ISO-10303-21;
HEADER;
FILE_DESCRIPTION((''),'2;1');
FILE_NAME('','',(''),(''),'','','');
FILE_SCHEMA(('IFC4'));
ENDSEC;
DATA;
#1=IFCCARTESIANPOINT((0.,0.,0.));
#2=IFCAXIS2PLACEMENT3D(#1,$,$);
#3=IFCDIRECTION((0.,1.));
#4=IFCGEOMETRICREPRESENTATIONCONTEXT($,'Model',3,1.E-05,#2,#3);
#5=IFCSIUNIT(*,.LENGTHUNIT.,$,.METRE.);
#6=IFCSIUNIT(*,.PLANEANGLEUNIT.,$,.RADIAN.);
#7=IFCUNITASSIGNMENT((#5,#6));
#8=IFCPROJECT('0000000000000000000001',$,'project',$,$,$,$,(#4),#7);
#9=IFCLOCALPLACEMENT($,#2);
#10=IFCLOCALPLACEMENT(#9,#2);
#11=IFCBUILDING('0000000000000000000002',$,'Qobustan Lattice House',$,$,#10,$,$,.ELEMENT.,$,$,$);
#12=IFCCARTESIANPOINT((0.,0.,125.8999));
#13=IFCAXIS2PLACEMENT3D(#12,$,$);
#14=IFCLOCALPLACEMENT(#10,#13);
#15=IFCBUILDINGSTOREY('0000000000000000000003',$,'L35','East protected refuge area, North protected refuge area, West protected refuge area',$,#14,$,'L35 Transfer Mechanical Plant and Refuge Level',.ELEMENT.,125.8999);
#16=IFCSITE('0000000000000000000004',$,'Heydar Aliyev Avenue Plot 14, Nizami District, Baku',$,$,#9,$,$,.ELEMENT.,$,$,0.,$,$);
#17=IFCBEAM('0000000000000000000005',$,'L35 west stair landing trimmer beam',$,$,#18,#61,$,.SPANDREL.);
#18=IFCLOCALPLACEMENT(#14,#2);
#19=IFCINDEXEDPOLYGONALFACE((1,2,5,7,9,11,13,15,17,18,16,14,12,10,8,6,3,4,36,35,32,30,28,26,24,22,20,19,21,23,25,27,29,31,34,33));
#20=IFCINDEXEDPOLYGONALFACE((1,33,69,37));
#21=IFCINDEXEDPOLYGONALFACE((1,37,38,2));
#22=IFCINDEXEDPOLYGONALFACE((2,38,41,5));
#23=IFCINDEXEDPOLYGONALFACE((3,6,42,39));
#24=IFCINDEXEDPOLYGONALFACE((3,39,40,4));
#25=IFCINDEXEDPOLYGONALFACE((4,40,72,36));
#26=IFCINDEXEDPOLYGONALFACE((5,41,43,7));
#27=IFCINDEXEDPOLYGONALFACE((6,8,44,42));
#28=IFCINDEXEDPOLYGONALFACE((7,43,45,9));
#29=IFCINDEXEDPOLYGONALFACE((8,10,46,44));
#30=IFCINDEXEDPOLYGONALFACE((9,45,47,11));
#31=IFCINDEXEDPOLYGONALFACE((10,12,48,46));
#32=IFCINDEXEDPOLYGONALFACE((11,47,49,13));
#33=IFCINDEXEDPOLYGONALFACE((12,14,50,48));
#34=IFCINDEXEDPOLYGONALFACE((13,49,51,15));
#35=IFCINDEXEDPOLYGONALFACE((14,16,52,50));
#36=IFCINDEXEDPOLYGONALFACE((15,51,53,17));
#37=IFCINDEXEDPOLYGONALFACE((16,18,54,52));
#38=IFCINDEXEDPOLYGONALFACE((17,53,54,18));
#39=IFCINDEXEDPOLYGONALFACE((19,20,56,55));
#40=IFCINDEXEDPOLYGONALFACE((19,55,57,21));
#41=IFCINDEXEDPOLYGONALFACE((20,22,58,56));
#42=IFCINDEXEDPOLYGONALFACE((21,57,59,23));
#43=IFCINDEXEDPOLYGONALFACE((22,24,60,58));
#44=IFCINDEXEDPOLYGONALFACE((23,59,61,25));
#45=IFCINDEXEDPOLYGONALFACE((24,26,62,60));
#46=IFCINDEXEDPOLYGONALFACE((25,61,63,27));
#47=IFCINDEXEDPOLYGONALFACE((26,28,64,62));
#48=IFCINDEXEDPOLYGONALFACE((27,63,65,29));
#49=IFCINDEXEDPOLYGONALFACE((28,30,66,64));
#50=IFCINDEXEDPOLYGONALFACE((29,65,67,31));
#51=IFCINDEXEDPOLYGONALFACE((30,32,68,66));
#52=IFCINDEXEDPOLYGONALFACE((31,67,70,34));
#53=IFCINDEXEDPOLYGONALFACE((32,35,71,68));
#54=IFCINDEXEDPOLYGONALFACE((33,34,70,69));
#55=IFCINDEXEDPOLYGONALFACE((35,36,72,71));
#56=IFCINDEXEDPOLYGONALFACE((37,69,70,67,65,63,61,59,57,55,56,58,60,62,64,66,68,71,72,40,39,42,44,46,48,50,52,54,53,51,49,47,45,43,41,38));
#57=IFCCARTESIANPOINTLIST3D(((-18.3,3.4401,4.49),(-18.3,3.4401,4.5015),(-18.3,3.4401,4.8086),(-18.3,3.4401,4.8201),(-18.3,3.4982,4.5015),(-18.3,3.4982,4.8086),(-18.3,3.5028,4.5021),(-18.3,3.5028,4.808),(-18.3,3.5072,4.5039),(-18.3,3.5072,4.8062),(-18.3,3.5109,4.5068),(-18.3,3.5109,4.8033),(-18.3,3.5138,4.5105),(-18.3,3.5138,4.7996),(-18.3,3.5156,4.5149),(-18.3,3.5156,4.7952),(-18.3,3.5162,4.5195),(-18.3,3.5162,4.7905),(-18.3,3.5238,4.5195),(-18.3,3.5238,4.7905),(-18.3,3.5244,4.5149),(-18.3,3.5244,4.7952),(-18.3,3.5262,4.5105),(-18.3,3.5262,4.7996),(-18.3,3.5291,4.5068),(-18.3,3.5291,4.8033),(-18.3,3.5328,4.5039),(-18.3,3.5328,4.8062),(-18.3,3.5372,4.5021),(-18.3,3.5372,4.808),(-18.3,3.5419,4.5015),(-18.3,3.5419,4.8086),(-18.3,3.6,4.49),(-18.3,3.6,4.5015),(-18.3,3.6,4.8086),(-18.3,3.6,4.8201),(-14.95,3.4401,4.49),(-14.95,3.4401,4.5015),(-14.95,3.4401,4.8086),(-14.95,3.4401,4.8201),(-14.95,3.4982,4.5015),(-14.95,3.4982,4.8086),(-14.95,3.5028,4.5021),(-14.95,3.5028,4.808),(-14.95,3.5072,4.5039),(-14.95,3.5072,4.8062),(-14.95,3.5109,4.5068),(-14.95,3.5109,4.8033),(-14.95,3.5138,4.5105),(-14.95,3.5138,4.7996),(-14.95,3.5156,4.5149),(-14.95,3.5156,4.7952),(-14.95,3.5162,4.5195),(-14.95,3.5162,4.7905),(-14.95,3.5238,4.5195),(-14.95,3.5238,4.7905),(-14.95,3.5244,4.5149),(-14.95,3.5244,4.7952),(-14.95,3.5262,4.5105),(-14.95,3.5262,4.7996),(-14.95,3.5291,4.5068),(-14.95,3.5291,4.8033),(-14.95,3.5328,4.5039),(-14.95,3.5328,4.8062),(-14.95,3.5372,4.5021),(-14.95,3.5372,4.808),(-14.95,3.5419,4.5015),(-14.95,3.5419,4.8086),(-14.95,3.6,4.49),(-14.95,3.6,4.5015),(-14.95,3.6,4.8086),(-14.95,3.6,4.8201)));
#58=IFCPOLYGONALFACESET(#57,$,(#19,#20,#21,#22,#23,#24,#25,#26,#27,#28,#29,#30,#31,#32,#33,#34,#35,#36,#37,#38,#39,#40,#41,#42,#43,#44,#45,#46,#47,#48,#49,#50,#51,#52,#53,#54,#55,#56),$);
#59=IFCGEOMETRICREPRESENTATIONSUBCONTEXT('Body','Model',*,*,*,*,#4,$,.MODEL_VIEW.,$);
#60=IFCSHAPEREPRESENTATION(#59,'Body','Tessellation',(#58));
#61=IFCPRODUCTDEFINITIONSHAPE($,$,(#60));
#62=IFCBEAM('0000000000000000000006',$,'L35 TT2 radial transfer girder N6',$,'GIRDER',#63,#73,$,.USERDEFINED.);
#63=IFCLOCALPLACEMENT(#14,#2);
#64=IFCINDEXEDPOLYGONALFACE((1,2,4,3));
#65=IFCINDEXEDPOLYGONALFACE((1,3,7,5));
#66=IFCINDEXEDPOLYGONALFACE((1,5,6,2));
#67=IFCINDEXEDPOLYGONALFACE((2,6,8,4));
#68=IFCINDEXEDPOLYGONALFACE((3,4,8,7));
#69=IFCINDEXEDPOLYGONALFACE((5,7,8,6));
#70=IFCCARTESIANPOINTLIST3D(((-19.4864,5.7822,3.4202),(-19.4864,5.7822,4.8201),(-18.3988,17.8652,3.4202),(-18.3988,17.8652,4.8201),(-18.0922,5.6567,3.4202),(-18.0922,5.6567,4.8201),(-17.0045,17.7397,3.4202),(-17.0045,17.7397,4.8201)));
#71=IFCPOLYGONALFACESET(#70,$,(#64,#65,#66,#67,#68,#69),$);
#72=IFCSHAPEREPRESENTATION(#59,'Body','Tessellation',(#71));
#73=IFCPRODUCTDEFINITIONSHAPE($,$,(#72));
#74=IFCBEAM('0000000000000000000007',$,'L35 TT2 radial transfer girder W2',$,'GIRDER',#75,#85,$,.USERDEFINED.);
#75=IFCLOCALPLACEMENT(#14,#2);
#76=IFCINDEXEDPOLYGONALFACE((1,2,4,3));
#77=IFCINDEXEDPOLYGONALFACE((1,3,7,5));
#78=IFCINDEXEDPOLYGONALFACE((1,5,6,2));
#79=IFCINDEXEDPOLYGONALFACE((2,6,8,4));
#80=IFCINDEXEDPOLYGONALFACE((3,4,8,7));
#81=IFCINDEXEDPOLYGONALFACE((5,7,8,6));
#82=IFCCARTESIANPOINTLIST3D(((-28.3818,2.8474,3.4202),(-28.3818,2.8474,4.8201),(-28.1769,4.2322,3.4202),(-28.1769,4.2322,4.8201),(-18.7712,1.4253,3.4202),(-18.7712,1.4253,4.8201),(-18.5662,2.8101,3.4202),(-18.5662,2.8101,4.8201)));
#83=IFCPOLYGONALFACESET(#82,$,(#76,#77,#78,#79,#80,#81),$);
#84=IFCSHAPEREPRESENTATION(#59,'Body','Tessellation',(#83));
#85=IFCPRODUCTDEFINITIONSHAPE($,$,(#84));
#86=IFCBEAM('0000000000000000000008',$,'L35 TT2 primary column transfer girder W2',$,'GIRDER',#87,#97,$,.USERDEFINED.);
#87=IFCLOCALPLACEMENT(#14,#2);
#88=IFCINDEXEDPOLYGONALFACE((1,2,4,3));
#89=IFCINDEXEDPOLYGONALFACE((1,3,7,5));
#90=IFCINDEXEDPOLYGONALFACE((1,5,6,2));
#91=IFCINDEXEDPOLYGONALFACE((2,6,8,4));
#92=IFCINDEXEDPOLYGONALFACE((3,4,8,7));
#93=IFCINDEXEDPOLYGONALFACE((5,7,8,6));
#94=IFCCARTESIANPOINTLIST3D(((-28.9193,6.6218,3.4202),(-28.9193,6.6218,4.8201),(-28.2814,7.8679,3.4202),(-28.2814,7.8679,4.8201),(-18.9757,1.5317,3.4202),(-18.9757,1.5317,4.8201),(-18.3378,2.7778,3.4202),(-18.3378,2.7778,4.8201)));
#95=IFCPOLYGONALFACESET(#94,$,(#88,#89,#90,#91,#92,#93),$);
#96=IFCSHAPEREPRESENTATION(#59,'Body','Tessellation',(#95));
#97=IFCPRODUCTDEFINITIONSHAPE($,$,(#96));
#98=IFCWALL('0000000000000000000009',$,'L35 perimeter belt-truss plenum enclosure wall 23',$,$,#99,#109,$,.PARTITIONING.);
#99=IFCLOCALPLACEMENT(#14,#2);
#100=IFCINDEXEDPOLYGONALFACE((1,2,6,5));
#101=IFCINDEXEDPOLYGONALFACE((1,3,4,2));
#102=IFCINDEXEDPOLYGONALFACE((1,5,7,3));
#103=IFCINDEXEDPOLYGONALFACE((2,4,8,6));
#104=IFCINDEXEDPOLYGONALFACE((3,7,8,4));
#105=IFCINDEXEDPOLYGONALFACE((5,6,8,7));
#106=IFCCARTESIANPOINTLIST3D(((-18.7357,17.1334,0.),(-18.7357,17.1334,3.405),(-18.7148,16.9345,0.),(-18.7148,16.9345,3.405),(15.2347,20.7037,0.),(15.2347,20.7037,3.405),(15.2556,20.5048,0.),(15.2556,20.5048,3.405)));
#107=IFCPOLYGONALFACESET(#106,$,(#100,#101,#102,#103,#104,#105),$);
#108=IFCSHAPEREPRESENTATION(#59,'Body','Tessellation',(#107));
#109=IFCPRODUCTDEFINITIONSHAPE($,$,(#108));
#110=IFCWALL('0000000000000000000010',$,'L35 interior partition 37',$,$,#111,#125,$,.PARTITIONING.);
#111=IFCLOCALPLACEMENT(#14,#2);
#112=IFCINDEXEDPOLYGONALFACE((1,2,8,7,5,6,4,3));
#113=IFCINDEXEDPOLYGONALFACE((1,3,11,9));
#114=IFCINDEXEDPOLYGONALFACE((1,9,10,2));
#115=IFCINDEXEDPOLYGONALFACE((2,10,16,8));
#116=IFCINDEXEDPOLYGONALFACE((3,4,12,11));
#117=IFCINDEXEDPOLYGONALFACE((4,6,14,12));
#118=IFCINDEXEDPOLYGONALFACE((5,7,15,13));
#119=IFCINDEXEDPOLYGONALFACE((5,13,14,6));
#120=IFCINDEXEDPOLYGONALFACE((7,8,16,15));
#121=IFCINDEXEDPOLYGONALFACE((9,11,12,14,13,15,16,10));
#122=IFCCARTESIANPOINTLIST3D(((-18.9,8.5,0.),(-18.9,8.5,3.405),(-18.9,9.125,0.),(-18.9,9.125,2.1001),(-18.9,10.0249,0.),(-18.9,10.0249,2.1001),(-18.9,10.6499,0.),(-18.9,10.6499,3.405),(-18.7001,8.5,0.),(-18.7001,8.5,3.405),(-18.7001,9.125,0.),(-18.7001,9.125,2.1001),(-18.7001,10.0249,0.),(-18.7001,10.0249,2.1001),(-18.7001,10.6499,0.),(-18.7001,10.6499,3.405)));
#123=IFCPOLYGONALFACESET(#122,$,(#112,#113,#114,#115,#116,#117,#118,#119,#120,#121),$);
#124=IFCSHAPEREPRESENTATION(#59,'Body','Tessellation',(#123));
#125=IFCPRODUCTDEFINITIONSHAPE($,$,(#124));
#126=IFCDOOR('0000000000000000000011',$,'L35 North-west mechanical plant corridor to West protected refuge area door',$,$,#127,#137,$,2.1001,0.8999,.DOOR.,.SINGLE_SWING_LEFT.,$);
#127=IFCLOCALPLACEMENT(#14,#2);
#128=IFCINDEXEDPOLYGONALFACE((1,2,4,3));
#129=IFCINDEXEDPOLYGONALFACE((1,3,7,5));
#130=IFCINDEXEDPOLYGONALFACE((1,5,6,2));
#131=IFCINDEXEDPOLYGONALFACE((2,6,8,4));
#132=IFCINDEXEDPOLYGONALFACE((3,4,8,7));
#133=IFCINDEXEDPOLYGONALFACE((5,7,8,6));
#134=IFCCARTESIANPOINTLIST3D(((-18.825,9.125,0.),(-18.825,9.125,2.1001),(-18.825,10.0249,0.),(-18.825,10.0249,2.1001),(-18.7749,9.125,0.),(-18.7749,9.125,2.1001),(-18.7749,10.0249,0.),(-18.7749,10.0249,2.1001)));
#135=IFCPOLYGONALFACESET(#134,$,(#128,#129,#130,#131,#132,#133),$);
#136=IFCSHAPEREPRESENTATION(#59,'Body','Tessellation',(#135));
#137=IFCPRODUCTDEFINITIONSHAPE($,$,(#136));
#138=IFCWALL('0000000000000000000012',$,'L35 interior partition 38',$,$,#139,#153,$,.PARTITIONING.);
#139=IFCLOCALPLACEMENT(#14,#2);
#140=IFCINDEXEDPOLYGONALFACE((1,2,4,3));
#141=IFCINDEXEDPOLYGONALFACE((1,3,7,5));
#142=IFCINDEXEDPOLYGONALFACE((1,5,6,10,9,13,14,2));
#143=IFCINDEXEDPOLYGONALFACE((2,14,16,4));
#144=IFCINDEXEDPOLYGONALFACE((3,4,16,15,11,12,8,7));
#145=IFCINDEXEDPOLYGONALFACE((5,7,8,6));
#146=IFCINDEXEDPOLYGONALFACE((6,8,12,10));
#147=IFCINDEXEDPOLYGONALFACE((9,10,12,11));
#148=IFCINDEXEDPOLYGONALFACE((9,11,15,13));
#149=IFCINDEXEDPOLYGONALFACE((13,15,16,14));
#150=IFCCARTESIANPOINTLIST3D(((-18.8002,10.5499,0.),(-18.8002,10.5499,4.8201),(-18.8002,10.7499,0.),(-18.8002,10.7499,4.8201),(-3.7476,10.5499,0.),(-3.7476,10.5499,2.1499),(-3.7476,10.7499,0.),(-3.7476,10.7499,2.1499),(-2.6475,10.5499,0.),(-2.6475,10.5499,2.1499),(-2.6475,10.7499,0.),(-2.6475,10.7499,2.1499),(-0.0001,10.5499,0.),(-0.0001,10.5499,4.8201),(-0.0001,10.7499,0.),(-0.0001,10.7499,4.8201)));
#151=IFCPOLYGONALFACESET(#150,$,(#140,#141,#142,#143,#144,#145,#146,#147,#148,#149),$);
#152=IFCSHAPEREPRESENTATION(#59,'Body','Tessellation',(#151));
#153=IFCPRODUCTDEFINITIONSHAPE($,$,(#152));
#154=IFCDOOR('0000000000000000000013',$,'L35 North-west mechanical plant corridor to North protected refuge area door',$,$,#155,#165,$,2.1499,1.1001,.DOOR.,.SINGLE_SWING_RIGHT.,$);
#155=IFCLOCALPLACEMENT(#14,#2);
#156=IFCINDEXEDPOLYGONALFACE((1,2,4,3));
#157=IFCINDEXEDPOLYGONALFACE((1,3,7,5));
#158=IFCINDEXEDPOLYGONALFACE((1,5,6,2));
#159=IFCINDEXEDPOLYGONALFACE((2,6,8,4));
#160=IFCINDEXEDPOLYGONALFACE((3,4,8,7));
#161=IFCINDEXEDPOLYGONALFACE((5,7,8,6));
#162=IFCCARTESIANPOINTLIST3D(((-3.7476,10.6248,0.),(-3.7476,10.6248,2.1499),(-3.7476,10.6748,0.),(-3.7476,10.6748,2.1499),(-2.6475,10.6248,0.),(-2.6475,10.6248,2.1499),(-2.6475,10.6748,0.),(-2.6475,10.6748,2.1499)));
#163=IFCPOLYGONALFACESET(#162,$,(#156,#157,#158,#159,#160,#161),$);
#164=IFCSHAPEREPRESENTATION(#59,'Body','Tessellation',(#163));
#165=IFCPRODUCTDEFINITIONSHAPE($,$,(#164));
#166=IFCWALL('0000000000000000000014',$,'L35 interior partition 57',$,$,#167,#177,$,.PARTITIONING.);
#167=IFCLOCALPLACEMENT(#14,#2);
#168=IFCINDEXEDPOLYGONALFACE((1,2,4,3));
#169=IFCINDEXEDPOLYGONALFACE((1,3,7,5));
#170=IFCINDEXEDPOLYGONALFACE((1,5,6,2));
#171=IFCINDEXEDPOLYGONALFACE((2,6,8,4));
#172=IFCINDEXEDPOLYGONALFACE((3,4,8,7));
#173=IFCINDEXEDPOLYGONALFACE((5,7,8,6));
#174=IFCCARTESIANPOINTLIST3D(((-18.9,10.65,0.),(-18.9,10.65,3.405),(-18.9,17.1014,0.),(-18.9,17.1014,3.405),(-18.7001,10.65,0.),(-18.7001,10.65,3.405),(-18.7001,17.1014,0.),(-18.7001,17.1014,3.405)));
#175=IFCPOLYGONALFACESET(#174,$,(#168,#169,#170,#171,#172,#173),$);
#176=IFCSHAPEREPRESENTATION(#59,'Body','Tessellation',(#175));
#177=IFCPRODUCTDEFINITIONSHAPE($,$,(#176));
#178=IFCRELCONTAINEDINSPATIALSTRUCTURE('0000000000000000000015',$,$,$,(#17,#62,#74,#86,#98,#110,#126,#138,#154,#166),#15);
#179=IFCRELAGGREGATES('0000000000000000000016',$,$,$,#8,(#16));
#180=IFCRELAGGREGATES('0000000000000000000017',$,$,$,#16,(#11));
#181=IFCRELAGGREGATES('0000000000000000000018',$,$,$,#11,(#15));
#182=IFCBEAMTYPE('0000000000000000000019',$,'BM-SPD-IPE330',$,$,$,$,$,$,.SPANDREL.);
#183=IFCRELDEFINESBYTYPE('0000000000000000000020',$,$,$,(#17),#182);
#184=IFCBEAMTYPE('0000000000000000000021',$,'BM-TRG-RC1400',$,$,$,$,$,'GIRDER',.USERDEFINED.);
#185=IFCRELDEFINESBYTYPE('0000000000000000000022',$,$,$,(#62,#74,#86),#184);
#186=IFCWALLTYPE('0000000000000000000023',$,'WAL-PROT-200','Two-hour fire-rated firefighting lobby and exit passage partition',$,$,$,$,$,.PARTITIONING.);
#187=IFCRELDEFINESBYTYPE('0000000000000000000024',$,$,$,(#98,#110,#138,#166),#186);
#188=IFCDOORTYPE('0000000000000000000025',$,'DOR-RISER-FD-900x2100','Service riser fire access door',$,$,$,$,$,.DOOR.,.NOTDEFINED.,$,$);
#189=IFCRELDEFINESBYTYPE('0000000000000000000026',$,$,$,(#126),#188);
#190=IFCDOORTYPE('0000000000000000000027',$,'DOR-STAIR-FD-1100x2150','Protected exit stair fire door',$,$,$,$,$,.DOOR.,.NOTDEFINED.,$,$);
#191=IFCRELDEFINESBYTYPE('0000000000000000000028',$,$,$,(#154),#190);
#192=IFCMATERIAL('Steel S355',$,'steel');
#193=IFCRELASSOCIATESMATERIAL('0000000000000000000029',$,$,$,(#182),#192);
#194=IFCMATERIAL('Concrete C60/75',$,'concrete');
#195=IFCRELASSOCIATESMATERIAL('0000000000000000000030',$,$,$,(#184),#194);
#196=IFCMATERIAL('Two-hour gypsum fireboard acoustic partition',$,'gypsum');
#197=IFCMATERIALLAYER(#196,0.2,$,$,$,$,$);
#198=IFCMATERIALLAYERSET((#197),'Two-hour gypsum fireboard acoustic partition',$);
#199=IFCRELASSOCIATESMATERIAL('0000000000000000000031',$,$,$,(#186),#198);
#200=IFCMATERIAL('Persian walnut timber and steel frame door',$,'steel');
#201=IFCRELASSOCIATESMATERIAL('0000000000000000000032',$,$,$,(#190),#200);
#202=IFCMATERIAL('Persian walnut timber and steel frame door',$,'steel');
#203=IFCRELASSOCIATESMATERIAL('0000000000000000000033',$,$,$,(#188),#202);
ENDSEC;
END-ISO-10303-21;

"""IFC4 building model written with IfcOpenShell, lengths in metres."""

from ifc_helpers import new_model, si_unit, direction, frame, frame_2d, origin, origin_2d, place, context, subcontext, project, spatial, rectangle, i_section, extrude, material, layer, layer_set, material_profile, profile_set, type_object, element, fill, save


model = new_model("IFC4")

# Units and contexts
model_context = context("Model", 3, precision=1e-05, world=origin(), true_north=direction((0.0, 1.0)))
body_context = subcontext(model_context, "Body", "Model", "MODEL_VIEW")
ifc_project = project(units=[si_unit("LENGTHUNIT", "METRE"), si_unit("PLANEANGLEUNIT", "RADIAN")], contexts=[model_context])

# Site, building, storey
site_placement = place(None, origin())
site = spatial("IfcSite", under=ifc_project, at=site_placement, Name="Heydar Aliyev Avenue Plot 14, Nizami District, Baku", CompositionType="ELEMENT", RefElevation=0.0)
building_placement = place(site_placement, origin())
building = spatial("IfcBuilding", under=site, at=building_placement, Name="Qobustan Lattice House", CompositionType="ELEMENT")
storey_placement = place(building_placement, frame((0.0, 0.0, 125.8999)))
storey = spatial("IfcBuildingStorey", under=building, at=storey_placement, Name="L35", Description="East protected refuge area, North protected refuge area, West protected refuge area", LongName="L35 Transfer Mechanical Plant and Refuge Level", CompositionType="ELEMENT", Elevation=125.8999)

# Beams
ifc_material_1 = material(Name="Steel S355", Category="steel")
ifc_material_profile_1 = material_profile(ifc_material_1, i_section(OverallWidth=0.1599, OverallDepth=0.3301, WebThickness=0.0076, FlangeThickness=0.0115, FilletRadius=0.0181, at=origin_2d()), Name="IPE330")
ifc_profile_set_1 = profile_set([ifc_material_profile_1], Name="Steel S355")
beam_type_1 = type_object("IfcBeamType", Name="BM-SPD-IPE330", PredefinedType="SPANDREL", material=ifc_profile_set_1)
beam_1_placement = place(storey_placement, frame((-18.3, 3.52, 4.655), z_axis=(1.0, 0.0, 0.0), x_axis=(0.0, 1.0, 0.0)))
element("IfcBeam", 1, at=beam_1_placement, inside=storey, type_object=beam_type_1, Name="L35 west stair landing trimmer beam", PredefinedType="SPANDREL", context=body_context, shape_type="SweptSolid", body=[
    extrude(i_section(OverallWidth=0.1599, OverallDepth=0.3301, WebThickness=0.0076, FlangeThickness=0.0115, FilletRadius=0.0181, at=origin_2d()), origin(), (0.0, 0.0, 1.0), 3.3501),
])
ifc_material_2 = material(Name="Concrete C60/75", Category="concrete")
ifc_material_profile_2 = material_profile(ifc_material_2, rectangle(XDim=1.3999, YDim=1.3999, at=origin_2d()), Name="RC1400x1400")
ifc_profile_set_2 = profile_set([ifc_material_profile_2], Name="Concrete C60/75")
beam_type_2 = type_object("IfcBeamType", Name="BM-TRG-RC1400", ElementType="GIRDER", PredefinedType="USERDEFINED", material=ifc_profile_set_2)
beam_2_placement = place(storey_placement, frame((-18.7893, 5.7195, 4.1201), z_axis=(0.089652, 0.995973, 0.0), x_axis=(-0.995973, 0.089652, 0.0)))
element("IfcBeam", 2, at=beam_2_placement, inside=storey, type_object=beam_type_2, Name="L35 TT2 radial transfer girder N6", ObjectType="GIRDER", PredefinedType="USERDEFINED", context=body_context, shape_type="SweptSolid", body=[
    extrude(rectangle(XDim=1.3999, YDim=1.3999, at=origin_2d()), origin(), (0.0, 0.0, 1.0), 12.1318),
])
beam_3_placement = place(storey_placement, frame((-18.6687, 2.1177, 4.1201), z_axis=(-0.989228, 0.14638, 0.0), x_axis=(-0.14638, -0.989228, 0.0)))
element("IfcBeam", 3, at=beam_3_placement, inside=storey, type_object=beam_type_2, Name="L35 TT2 radial transfer girder W2", ObjectType="GIRDER", PredefinedType="USERDEFINED", context=body_context, shape_type="SweptSolid", body=[
    extrude(rectangle(XDim=1.3999, YDim=1.3999, at=origin_2d()), origin(), (0.0, 0.0, 1.0), 9.7153),
])
beam_4_placement = place(storey_placement, frame((-18.6567, 2.1548, 4.1201), z_axis=(-0.890151, 0.455665, 0.0), x_axis=(-0.455665, -0.890151, 0.0)))
element("IfcBeam", 4, at=beam_4_placement, inside=storey, type_object=beam_type_2, Name="L35 TT2 primary column transfer girder W2", ObjectType="GIRDER", PredefinedType="USERDEFINED", context=body_context, shape_type="SweptSolid", body=[
    extrude(rectangle(XDim=1.3999, YDim=1.3999, at=origin_2d()), origin(), (0.0, 0.0, 1.0), 11.1707),
])

# Wall
ifc_material_3 = material(Name="Two-hour gypsum fireboard acoustic partition", Category="gypsum")
ifc_layer = layer(ifc_material_3, 0.2)
ifc_layer_set = layer_set([ifc_layer], Name="Two-hour gypsum fireboard acoustic partition")
wall_type = type_object("IfcWallType", Name="WAL-PROT-200", Description="Two-hour fire-rated firefighting lobby and exit passage partition", PredefinedType="PARTITIONING", material=ifc_layer_set)
wall_1_placement = place(storey_placement, frame((-18.7251, 17.0339, 0.0), z_axis=(0.0, 0.0, 1.0), x_axis=(0.994522, 0.104525, 0.0)))
element("IfcWall", 5, at=wall_1_placement, inside=storey, type_object=wall_type, Name="L35 perimeter belt-truss plenum enclosure wall 23", PredefinedType="PARTITIONING", context=body_context, shape_type="SweptSolid", body=[
    extrude(rectangle(XDim=34.1575, YDim=0.2, at=frame_2d((17.0786, 0.0))), origin(), (0.0, 0.0, 1.0), 3.405),
])

# Walls, openings, doors
ifc_material_4 = material(Name="Persian walnut timber and steel frame door", Category="steel")
door_type_1 = type_object("IfcDoorType", Name="DOR-STAIR-FD-1100x2150", Description="Protected exit stair fire door", OperationType="NOTDEFINED", PredefinedType="DOOR", material=ifc_material_4)
wall_2_placement = place(storey_placement, frame((-18.8, 8.5, 0.0), z_axis=(0.0, 0.0, 1.0), x_axis=(0.0, 1.0, 0.0)))
wall_2 = element("IfcWall", 6, at=wall_2_placement, inside=storey, type_object=wall_type, Name="L35 interior partition 37", PredefinedType="PARTITIONING", context=body_context, shape_type="SweptSolid", body=[
    extrude(rectangle(XDim=2.1499, YDim=0.2, at=frame_2d((1.075, 0.0))), origin(), (0.0, 0.0, 1.0), 3.405),
])
opening_1_placement = place(wall_2_placement, frame((0.625, 0.0, 0.0)))
opening_1 = element("IfcOpeningElement", 7, at=opening_1_placement, cuts=wall_2, PredefinedType="OPENING", context=body_context, shape_type="SweptSolid", body=[
    extrude(rectangle(XDim=0.8999, YDim=2.1001, at=frame_2d((0.45, 1.05))), frame((0.0, 0.1099, 0.0), z_axis=(0.0, -1.0, 0.0), x_axis=(1.0, 0.0, 0.0)), (0.0, 0.0, 1.0), 0.22),
])
ifc_material_5 = material(Name="Persian walnut timber and steel frame door", Category="steel")
door_type_2 = type_object("IfcDoorType", Name="DOR-RISER-FD-900x2100", Description="Service riser fire access door", OperationType="NOTDEFINED", PredefinedType="DOOR", material=ifc_material_5)
door_1_placement = place(opening_1_placement, origin())
door_1 = element("IfcDoor", 8, at=door_1_placement, inside=storey, type_object=door_type_2, Name="L35 North-west mechanical plant corridor to West protected refuge area door", OperationType="SINGLE_SWING_LEFT", OverallHeight=2.1001, OverallWidth=0.8999, PredefinedType="DOOR", context=body_context, shape_type="SweptSolid", body=[
    extrude(rectangle(XDim=0.8999, YDim=2.1001, at=frame_2d((0.45, 1.05))), frame((0.0, 0.0249, 0.0), z_axis=(0.0, -1.0, 0.0), x_axis=(1.0, 0.0, 0.0)), (0.0, 0.0, 1.0), 0.05),
])
fill(opening_1, door_1)
wall_3_placement = place(storey_placement, frame((-18.8, 10.6499, 0.0), z_axis=(0.0, 0.0, 1.0), x_axis=(1.0, 0.0, 0.0)))
wall_3 = element("IfcWall", 9, at=wall_3_placement, inside=storey, type_object=wall_type, Name="L35 interior partition 38", PredefinedType="PARTITIONING", context=body_context, shape_type="SweptSolid", body=[
    extrude(rectangle(XDim=18.8, YDim=0.2, at=frame_2d((9.3999, 0.0))), origin(), (0.0, 0.0, 1.0), 4.8201),
])
opening_2_placement = place(wall_3_placement, frame((15.0525, 0.0, 0.0)))
opening_2 = element("IfcOpeningElement", 10, at=opening_2_placement, cuts=wall_3, PredefinedType="OPENING", context=body_context, shape_type="SweptSolid", body=[
    extrude(rectangle(XDim=1.1001, YDim=2.1499, at=frame_2d((0.55, 1.075))), frame((0.0, 0.1099, 0.0), z_axis=(0.0, -1.0, 0.0), x_axis=(1.0, 0.0, 0.0)), (0.0, 0.0, 1.0), 0.22),
])
door_2_placement = place(opening_2_placement, origin())
door_2 = element("IfcDoor", 11, at=door_2_placement, inside=storey, type_object=door_type_1, Name="L35 North-west mechanical plant corridor to North protected refuge area door", OperationType="SINGLE_SWING_RIGHT", OverallHeight=2.1499, OverallWidth=1.1001, PredefinedType="DOOR", context=body_context, shape_type="SweptSolid", body=[
    extrude(rectangle(XDim=1.1001, YDim=2.1499, at=frame_2d((0.55, 1.075))), frame((0.0, 0.0249, 0.0), z_axis=(0.0, -1.0, 0.0), x_axis=(1.0, 0.0, 0.0)), (0.0, 0.0, 1.0), 0.05),
])
fill(opening_2, door_2)

# Wall
wall_4_placement = place(storey_placement, frame((-18.8, 17.1013, 0.0), z_axis=(0.0, 0.0, 1.0), x_axis=(0.0, -1.0, 0.0)))
element("IfcWall", 12, at=wall_4_placement, inside=storey, type_object=wall_type, Name="L35 interior partition 57", PredefinedType="PARTITIONING", context=body_context, shape_type="SweptSolid", body=[
    extrude(rectangle(XDim=6.4514, YDim=0.2, at=frame_2d((3.2256, 0.0))), origin(), (0.0, 0.0, 1.0), 3.405),
])

save(model, "model.ifc")
